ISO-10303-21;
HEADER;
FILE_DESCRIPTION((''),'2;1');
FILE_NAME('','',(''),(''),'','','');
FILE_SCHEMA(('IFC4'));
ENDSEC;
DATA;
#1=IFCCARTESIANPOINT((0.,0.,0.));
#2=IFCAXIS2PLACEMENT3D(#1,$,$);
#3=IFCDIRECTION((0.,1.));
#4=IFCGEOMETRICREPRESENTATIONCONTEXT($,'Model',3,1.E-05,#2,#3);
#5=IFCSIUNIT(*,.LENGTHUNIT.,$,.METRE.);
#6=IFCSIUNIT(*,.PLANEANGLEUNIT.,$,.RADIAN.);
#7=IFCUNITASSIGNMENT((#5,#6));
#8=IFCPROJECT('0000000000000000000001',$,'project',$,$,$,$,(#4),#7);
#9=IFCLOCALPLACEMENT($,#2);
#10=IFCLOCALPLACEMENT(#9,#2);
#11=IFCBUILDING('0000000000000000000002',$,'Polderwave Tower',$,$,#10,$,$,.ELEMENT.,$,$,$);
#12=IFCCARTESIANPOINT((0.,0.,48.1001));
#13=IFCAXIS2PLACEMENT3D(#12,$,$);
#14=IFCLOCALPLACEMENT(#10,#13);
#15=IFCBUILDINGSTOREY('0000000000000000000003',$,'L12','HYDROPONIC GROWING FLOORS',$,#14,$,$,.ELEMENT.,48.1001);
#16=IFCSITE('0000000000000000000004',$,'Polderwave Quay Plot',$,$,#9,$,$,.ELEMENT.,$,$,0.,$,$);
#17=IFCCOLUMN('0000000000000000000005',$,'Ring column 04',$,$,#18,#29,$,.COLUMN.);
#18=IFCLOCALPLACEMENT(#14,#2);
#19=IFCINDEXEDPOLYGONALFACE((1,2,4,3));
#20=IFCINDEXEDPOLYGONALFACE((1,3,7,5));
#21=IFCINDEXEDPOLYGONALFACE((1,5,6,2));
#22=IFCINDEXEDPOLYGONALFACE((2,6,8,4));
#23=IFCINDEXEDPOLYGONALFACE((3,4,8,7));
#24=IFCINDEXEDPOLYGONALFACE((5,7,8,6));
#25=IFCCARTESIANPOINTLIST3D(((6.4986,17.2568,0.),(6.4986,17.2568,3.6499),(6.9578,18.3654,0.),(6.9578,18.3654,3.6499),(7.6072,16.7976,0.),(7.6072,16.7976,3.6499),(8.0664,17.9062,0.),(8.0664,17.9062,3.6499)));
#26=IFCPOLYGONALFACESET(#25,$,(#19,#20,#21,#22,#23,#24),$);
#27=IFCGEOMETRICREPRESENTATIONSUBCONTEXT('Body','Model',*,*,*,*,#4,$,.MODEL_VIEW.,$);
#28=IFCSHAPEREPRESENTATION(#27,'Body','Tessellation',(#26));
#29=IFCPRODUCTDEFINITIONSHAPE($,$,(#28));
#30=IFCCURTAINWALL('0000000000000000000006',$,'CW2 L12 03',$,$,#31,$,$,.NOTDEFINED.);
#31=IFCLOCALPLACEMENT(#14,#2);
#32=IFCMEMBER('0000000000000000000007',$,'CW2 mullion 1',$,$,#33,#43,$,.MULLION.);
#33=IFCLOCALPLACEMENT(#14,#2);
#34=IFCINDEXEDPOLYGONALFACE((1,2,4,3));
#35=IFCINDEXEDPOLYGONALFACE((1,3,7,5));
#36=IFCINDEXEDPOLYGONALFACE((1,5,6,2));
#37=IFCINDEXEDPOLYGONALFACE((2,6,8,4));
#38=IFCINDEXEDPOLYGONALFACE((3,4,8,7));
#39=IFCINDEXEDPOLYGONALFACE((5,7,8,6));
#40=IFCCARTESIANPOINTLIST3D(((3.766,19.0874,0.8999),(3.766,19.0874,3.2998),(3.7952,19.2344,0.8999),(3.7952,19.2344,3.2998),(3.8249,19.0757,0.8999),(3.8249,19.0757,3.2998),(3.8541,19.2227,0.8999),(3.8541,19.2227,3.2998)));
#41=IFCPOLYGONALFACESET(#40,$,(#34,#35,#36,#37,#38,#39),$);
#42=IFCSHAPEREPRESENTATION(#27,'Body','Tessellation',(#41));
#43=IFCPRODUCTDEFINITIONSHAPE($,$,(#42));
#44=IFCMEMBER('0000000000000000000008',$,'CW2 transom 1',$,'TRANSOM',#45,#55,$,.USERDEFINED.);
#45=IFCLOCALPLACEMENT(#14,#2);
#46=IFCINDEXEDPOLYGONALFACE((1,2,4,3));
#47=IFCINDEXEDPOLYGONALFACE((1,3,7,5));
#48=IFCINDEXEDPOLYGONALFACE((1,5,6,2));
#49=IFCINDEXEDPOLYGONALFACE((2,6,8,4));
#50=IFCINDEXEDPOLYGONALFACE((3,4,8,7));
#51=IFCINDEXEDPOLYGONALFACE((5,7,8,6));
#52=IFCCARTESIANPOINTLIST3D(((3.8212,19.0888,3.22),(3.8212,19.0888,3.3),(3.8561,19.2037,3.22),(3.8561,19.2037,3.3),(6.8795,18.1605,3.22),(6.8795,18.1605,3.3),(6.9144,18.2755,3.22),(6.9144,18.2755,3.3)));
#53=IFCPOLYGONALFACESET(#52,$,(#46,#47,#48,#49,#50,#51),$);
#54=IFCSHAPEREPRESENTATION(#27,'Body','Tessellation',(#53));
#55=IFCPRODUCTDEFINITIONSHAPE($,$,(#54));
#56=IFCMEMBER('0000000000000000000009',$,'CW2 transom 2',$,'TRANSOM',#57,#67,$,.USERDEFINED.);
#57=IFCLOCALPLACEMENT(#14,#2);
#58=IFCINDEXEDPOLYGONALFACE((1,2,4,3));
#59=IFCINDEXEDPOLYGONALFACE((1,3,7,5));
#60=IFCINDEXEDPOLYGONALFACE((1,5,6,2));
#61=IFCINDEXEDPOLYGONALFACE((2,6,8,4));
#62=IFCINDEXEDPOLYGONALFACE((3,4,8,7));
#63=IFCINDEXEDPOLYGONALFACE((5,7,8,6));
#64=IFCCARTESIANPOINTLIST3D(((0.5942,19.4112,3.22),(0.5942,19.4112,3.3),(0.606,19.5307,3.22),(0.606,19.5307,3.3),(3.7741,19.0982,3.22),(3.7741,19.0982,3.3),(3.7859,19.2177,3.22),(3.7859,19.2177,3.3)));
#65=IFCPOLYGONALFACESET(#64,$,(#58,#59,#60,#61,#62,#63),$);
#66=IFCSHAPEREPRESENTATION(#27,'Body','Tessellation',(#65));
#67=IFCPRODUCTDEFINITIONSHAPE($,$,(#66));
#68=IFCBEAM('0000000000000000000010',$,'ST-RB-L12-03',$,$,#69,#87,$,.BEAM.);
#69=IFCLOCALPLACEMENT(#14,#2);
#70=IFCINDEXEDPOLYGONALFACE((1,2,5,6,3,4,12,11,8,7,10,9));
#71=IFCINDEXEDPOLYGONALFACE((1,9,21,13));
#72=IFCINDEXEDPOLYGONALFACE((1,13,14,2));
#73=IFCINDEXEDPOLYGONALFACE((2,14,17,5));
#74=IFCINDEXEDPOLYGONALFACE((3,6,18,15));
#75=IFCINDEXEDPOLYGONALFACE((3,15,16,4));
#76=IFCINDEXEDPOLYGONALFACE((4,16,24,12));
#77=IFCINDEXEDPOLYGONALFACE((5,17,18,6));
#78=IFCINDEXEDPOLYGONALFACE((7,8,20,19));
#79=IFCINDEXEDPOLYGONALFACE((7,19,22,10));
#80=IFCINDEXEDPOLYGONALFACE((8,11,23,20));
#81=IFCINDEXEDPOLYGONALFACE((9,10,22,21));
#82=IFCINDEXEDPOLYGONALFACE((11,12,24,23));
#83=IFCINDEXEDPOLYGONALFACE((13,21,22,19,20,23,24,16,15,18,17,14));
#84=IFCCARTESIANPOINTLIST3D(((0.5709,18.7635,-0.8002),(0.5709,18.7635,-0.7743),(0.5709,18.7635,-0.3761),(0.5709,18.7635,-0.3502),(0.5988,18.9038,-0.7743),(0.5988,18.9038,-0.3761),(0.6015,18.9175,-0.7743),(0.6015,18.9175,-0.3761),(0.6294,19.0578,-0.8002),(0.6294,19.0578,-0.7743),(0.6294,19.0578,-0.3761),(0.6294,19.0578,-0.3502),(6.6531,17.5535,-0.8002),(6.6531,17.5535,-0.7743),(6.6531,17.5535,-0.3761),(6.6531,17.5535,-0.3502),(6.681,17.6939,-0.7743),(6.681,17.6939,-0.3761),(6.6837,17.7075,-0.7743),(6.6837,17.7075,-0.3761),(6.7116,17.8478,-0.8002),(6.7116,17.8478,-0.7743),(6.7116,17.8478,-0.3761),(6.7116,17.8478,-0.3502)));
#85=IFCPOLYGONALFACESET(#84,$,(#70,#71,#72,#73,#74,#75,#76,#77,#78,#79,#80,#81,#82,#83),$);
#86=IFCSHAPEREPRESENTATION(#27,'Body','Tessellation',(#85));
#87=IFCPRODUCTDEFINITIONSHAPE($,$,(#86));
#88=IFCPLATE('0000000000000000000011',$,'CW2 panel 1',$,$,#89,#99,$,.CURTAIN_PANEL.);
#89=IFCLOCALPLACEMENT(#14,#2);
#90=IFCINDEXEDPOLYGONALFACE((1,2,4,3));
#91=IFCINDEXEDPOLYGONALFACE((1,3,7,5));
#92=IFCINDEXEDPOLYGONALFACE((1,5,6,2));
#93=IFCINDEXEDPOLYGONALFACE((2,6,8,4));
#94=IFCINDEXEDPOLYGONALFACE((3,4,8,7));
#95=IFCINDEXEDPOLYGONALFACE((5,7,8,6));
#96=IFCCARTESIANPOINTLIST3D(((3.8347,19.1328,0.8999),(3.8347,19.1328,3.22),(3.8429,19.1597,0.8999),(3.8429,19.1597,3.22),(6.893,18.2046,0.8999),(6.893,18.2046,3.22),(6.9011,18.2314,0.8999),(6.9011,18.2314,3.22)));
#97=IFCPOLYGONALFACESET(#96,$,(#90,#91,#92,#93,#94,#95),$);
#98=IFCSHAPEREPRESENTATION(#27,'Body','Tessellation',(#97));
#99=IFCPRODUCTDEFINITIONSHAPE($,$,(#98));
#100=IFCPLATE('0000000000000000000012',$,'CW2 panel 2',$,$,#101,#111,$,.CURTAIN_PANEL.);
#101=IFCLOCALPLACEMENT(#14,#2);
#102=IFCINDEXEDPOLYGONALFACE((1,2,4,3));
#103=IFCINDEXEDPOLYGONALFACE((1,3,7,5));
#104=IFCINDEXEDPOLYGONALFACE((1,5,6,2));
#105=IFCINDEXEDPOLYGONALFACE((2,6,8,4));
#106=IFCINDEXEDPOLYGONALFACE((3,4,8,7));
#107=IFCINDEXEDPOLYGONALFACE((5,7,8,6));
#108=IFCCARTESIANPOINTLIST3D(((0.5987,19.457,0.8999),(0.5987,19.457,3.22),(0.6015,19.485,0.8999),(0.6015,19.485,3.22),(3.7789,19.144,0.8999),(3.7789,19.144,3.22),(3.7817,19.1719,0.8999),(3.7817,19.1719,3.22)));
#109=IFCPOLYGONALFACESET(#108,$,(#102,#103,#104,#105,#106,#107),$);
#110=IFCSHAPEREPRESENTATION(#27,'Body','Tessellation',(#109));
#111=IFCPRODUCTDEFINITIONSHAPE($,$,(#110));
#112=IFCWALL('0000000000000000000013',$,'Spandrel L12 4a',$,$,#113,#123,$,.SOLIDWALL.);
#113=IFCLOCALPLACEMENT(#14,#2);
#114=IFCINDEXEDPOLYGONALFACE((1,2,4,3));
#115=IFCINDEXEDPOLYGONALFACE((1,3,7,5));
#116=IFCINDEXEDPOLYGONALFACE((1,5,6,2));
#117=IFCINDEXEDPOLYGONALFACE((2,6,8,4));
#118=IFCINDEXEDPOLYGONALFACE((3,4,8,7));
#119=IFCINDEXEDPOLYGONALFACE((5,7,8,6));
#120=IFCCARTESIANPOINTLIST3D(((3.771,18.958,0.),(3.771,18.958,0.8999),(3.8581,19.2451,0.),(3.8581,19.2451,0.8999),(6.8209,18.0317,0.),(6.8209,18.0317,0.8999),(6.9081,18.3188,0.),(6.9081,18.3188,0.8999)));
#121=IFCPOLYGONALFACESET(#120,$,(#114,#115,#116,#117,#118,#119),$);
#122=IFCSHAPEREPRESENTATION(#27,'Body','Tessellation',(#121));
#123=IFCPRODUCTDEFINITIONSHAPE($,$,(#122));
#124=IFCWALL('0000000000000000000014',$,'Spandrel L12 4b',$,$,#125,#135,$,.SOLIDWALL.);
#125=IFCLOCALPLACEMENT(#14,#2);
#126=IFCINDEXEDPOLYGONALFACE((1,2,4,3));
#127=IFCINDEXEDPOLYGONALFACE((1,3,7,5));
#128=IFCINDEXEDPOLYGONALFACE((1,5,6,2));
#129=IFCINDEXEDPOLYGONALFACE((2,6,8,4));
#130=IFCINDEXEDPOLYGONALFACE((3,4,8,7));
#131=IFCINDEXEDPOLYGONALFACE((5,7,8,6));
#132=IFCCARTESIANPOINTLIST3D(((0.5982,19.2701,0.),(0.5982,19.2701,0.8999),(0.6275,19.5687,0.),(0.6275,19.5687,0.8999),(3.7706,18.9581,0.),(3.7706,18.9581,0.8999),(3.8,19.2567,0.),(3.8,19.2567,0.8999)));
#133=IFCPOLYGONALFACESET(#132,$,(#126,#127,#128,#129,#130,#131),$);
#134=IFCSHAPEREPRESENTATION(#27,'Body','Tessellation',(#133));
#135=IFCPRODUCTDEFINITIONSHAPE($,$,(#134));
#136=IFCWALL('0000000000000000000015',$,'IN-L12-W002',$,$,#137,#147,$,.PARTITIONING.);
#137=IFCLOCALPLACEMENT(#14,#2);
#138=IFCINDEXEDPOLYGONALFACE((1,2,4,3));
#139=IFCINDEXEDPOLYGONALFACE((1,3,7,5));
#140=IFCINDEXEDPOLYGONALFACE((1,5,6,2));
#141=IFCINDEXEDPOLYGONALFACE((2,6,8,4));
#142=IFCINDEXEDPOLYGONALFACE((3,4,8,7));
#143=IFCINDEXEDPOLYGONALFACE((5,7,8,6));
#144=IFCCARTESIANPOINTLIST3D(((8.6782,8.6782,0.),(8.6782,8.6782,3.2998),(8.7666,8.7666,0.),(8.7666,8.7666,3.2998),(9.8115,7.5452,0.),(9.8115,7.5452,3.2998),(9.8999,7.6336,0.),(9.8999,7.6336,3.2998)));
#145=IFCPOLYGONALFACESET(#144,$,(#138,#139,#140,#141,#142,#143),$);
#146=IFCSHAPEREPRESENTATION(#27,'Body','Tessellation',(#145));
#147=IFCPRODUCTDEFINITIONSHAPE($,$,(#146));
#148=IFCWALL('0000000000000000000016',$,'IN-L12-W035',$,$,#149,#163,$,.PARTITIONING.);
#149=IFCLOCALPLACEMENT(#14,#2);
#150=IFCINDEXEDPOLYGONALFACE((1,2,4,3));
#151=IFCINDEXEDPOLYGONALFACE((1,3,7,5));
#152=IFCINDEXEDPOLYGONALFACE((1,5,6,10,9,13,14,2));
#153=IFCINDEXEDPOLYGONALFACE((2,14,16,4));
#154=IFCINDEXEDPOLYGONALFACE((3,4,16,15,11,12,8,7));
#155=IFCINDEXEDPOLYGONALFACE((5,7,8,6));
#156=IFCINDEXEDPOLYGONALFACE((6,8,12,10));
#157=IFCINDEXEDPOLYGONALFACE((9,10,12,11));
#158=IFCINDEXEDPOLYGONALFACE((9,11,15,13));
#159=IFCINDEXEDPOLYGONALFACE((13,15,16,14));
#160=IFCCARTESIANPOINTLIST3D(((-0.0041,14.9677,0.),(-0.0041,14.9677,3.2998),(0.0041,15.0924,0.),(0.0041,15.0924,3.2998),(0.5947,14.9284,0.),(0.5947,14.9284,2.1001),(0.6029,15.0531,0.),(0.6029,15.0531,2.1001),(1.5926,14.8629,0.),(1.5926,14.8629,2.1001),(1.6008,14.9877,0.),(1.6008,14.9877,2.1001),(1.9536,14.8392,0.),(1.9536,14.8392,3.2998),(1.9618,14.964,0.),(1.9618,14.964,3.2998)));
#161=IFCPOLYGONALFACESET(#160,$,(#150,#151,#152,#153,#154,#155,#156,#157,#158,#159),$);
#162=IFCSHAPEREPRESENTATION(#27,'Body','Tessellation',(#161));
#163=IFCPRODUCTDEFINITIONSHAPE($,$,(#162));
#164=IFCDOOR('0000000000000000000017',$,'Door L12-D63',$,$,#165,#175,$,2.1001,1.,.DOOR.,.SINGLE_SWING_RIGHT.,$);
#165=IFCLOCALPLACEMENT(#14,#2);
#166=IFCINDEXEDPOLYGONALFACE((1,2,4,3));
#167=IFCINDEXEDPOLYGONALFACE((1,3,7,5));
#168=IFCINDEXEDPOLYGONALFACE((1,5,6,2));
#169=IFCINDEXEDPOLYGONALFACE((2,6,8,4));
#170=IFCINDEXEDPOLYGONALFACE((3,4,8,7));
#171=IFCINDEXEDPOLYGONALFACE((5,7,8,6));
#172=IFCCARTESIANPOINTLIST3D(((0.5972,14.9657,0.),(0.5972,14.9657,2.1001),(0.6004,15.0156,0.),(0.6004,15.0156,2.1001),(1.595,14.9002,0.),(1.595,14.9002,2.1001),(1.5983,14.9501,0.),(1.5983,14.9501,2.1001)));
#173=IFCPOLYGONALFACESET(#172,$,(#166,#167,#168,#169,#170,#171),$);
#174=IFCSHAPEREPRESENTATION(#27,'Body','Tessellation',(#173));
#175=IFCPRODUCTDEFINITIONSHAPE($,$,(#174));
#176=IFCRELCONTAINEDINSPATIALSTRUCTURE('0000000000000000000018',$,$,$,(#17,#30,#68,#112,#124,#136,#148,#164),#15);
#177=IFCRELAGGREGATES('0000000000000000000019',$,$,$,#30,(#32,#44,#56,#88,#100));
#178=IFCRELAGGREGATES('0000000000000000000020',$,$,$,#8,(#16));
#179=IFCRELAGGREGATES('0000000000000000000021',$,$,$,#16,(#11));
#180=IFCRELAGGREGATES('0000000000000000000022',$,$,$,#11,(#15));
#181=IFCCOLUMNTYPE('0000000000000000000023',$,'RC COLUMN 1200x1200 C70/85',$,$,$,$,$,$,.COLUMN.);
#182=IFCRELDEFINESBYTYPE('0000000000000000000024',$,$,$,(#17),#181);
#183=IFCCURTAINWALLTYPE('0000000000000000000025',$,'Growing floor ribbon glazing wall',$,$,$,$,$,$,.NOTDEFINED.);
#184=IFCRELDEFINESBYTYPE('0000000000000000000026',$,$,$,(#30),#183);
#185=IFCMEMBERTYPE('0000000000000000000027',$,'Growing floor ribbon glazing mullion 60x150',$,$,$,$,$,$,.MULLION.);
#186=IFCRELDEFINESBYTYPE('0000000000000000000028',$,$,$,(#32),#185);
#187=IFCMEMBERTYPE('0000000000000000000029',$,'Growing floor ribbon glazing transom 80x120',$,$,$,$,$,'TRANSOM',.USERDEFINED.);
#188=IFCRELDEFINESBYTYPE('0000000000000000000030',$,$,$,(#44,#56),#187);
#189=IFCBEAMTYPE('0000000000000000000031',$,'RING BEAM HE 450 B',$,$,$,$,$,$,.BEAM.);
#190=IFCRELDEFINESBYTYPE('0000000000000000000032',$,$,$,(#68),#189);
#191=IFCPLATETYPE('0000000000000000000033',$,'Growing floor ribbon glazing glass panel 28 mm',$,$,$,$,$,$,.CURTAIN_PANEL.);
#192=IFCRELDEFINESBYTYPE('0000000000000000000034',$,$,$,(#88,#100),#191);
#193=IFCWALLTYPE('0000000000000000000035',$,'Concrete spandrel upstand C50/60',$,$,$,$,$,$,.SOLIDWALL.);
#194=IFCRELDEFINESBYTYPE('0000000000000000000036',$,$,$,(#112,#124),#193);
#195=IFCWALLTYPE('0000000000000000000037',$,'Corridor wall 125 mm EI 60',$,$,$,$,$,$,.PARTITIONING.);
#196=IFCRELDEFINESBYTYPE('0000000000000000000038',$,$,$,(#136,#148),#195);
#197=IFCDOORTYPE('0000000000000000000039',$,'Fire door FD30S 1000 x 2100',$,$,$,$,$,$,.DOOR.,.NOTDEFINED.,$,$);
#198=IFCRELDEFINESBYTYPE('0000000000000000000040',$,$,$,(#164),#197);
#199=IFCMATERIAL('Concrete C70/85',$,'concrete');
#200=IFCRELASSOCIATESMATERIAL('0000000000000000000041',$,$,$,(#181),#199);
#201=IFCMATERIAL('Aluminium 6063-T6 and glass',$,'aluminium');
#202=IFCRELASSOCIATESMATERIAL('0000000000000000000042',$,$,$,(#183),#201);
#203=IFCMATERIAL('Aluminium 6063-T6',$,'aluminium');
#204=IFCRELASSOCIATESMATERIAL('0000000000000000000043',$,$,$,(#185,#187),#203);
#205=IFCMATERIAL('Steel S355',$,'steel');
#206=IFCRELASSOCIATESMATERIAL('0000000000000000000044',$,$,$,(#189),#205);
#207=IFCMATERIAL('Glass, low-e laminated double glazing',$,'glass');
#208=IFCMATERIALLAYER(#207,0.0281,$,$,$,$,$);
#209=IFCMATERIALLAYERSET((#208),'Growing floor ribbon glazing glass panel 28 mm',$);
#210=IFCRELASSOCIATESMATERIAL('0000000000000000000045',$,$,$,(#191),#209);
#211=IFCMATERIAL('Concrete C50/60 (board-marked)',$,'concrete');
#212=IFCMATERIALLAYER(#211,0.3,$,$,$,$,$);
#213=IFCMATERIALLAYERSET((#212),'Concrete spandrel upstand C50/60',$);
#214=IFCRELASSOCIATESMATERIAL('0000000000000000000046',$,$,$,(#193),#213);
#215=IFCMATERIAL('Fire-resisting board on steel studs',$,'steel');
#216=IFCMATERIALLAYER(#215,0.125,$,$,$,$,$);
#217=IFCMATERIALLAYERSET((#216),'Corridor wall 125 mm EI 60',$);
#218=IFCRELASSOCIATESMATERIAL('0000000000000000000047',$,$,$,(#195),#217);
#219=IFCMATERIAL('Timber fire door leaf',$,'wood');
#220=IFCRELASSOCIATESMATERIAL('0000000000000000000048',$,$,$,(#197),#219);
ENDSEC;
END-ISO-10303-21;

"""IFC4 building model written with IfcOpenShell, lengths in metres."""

from ifc_helpers import new_model, si_unit, direction, frame, frame_2d, origin, origin_2d, place, context, subcontext, project, spatial, rectangle, i_section, extrude, material, layer, layer_set, material_profile, profile_set, type_object, element, fill, aggregate, save


model = new_model("IFC4")

# Units and contexts
model_context = context("Model", 3, precision=1e-05, world=origin(), true_north=direction((0.0, 1.0)))
body_context = subcontext(model_context, "Body", "Model", "MODEL_VIEW")
ifc_project = project(units=[si_unit("LENGTHUNIT", "METRE"), si_unit("PLANEANGLEUNIT", "RADIAN")], contexts=[model_context])

# Site, building, storey
site_placement = place(None, origin())
site = spatial("IfcSite", under=ifc_project, at=site_placement, Name="Polderwave Quay Plot", CompositionType="ELEMENT", RefElevation=0.0)
building_placement = place(site_placement, origin())
building = spatial("IfcBuilding", under=site, at=building_placement, Name="Polderwave Tower", CompositionType="ELEMENT")
storey_placement = place(building_placement, frame((0.0, 0.0, 48.1001)))
storey = spatial("IfcBuildingStorey", under=building, at=storey_placement, Name="L12", Description="HYDROPONIC GROWING FLOORS", CompositionType="ELEMENT", Elevation=48.1001)

# Column
ifc_material_1 = material(Name="Concrete C70/85", Category="concrete")
ifc_material_profile_1 = material_profile(ifc_material_1, rectangle(XDim=1.2, YDim=1.2, at=origin_2d()), Name="RC 1200x1200")
ifc_profile_set_1 = profile_set([ifc_material_profile_1], Name="Concrete C70/85")
column_type = type_object("IfcColumnType", Name="RC COLUMN 1200x1200 C70/85", PredefinedType="COLUMN", material=ifc_profile_set_1)
column_placement = place(storey_placement, frame((7.2825, 17.5815, 0.0), z_axis=(0.0, 0.0, 1.0), x_axis=(0.382683, 0.92388, 0.0)))
element("IfcColumn", 1, at=column_placement, inside=storey, type_object=column_type, Name="Ring column 04", PredefinedType="COLUMN", context=body_context, shape_type="SweptSolid", body=[
    extrude(rectangle(XDim=1.2, YDim=1.2, at=origin_2d()), origin(), (0.0, 0.0, 1.0), 3.6499),
])

# Curtain wall, members
ifc_material_2 = material(Name="Aluminium 6063-T6 and glass", Category="aluminium")
curtain_wall_type = type_object("IfcCurtainWallType", Name="Growing floor ribbon glazing wall", PredefinedType="NOTDEFINED", material=ifc_material_2)
curtain_wall_placement = place(storey_placement, origin())
curtain_wall = element("IfcCurtainWall", 2, at=curtain_wall_placement, inside=storey, type_object=curtain_wall_type, Name="CW2 L12 03", PredefinedType="NOTDEFINED")
ifc_material_3 = material(Name="Aluminium 6063-T6", Category="aluminium")
ifc_material_profile_2 = material_profile(ifc_material_3, rectangle(XDim=0.1499, YDim=0.0601, at=origin_2d()), Name="AL 60x150")
ifc_profile_set_2 = profile_set([ifc_material_profile_2], Name="Aluminium 6063-T6")
member_type_1 = type_object("IfcMemberType", Name="Growing floor ribbon glazing mullion 60x150", PredefinedType="MULLION", material=ifc_profile_set_2)
member_1_placement = place(storey_placement, frame((3.8101, 19.155, 0.8999), z_axis=(0.0, 0.0, 1.0), x_axis=(-0.195149, -0.980774, 0.0)))
member_1 = element("IfcMember", 3, at=member_1_placement, type_object=member_type_1, Name="CW2 mullion 1", PredefinedType="MULLION", context=body_context, shape_type="SweptSolid", body=[
    extrude(rectangle(XDim=0.1499, YDim=0.0601, at=origin_2d()), origin(), (0.0, 0.0, 1.0), 2.3999),
])
ifc_material_profile_3 = material_profile(ifc_material_3, rectangle(XDim=0.1201, YDim=0.0801, at=origin_2d()), Name="AL 80x120")
ifc_profile_set_3 = profile_set([ifc_material_profile_3], Name="Aluminium 6063-T6")
member_type_2 = type_object("IfcMemberType", Name="Growing floor ribbon glazing transom 80x120", ElementType="TRANSOM", PredefinedType="USERDEFINED", material=ifc_profile_set_3)
member_2_placement = place(storey_placement, frame((6.897, 18.218, 3.26), z_axis=(-0.956898, 0.290423, 0.0), x_axis=(-0.290423, -0.956898, 0.0)))
member_2 = element("IfcMember", 4, at=member_2_placement, type_object=member_type_2, Name="CW2 transom 1", ObjectType="TRANSOM", PredefinedType="USERDEFINED", context=body_context, shape_type="SweptSolid", body=[
    extrude(rectangle(XDim=0.1201, YDim=0.0801, at=origin_2d()), origin(), (0.0, 0.0, 1.0), 3.196),
])
member_3_placement = place(storey_placement, frame((3.78, 19.158, 3.26), z_axis=(-0.995191, 0.097953, 0.0), x_axis=(-0.097953, -0.995191, 0.0)))
member_3 = element("IfcMember", 5, at=member_3_placement, type_object=member_type_2, Name="CW2 transom 2", ObjectType="TRANSOM", PredefinedType="USERDEFINED", context=body_context, shape_type="SweptSolid", body=[
    extrude(rectangle(XDim=0.1201, YDim=0.0801, at=origin_2d()), origin(), (0.0, 0.0, 1.0), 3.1953),
])

# Beam
ifc_material_4 = material(Name="Steel S355", Category="steel")
ifc_material_profile_4 = material_profile(ifc_material_4, i_section(OverallWidth=0.3, OverallDepth=0.45, WebThickness=0.0139, FlangeThickness=0.0259, at=origin_2d()), Name="HE 450 B")
ifc_profile_set_4 = profile_set([ifc_material_profile_4], Name="Steel S355")
beam_type = type_object("IfcBeamType", Name="RING BEAM HE 450 B", PredefinedType="BEAM", material=ifc_profile_set_4)
beam_placement = place(storey_placement, frame((6.6824, 17.7007, -0.5752), z_axis=(-0.980782, 0.195109, 0.0), x_axis=(-0.195109, -0.980782, 0.0)))
element("IfcBeam", 6, at=beam_placement, inside=storey, type_object=beam_type, Name="ST-RB-L12-03", PredefinedType="BEAM", context=body_context, shape_type="SweptSolid", body=[
    extrude(i_section(OverallWidth=0.3, OverallDepth=0.45, WebThickness=0.0139, FlangeThickness=0.0259, at=origin_2d()), origin(), (0.0, 0.0, 1.0), 6.2014),
])

# Plates
ifc_material_5 = material(Name="Glass, low-e laminated double glazing", Category="glass")
ifc_layer_1 = layer(ifc_material_5, 0.0281)
ifc_layer_set_1 = layer_set([ifc_layer_1], Name="Growing floor ribbon glazing glass panel 28 mm")
plate_type = type_object("IfcPlateType", Name="Growing floor ribbon glazing glass panel 28 mm", PredefinedType="CURTAIN_PANEL", material=ifc_layer_set_1)
plate_1_placement = place(storey_placement, frame((5.3679, 18.6821, 0.8999), z_axis=(0.0, 0.0, 1.0), x_axis=(-0.956891, 0.290447, 0.0)))
plate_1 = element("IfcPlate", 7, at=plate_1_placement, type_object=plate_type, Name="CW2 panel 1", PredefinedType="CURTAIN_PANEL", context=body_context, shape_type="SweptSolid", body=[
    extrude(rectangle(XDim=3.196, YDim=0.0281, at=origin_2d()), origin(), (0.0, 0.0, 1.0), 2.3201),
])
plate_2_placement = place(storey_placement, frame((2.1902, 19.3145, 0.8999), z_axis=(0.0, 0.0, 1.0), x_axis=(-0.99519, 0.097969, 0.0)))
plate_2 = element("IfcPlate", 8, at=plate_2_placement, type_object=plate_type, Name="CW2 panel 2", PredefinedType="CURTAIN_PANEL", context=body_context, shape_type="SweptSolid", body=[
    extrude(rectangle(XDim=3.1956, YDim=0.0281, at=origin_2d()), origin(), (0.0, 0.0, 1.0), 2.3201),
])
aggregate(curtain_wall, [member_1, member_2, member_3, plate_1, plate_2])

# Walls
ifc_material_6 = material(Name="Concrete C50/60 (board-marked)", Category="concrete")
ifc_layer_2 = layer(ifc_material_6, 0.3)
ifc_layer_set_2 = layer_set([ifc_layer_2], Name="Concrete spandrel upstand C50/60")
wall_type_1 = type_object("IfcWallType", Name="Concrete spandrel upstand C50/60", PredefinedType="SOLIDWALL", material=ifc_layer_set_2)
wall_1_placement = place(storey_placement, frame((6.8645, 18.1753, 0.0), z_axis=(0.0, 0.0, 1.0), x_axis=(-0.956849, 0.290586, 0.0)))
element("IfcWall", 9, at=wall_1_placement, inside=storey, type_object=wall_type_1, Name="Spandrel L12 4a", PredefinedType="SOLIDWALL", context=body_context, shape_type="SweptSolid", body=[
    extrude(rectangle(XDim=3.1875, YDim=0.3, at=frame_2d((1.5938, 0.0))), origin(), (0.0, 0.0, 1.0), 0.8999),
])
wall_2_placement = place(storey_placement, frame((3.7852, 19.1074, 0.0), z_axis=(0.0, 0.0, 1.0), x_axis=(-0.995198, 0.097881, 0.0)))
element("IfcWall", 10, at=wall_2_placement, inside=storey, type_object=wall_type_1, Name="Spandrel L12 4b", PredefinedType="SOLIDWALL", context=body_context, shape_type="SweptSolid", body=[
    extrude(rectangle(XDim=3.1877, YDim=0.3, at=frame_2d((1.5938, 0.0))), origin(), (0.0, 0.0, 1.0), 0.8999),
])
ifc_material_7 = material(Name="Fire-resisting board on steel studs", Category="steel")
ifc_layer_3 = layer(ifc_material_7, 0.125)
ifc_layer_set_3 = layer_set([ifc_layer_3], Name="Corridor wall 125 mm EI 60")
wall_type_2 = type_object("IfcWallType", Name="Corridor wall 125 mm EI 60", PredefinedType="PARTITIONING", material=ifc_layer_set_3)
wall_3_placement = place(storey_placement, frame((8.7224, 8.7224, 0.0), z_axis=(0.0, 0.0, 1.0), x_axis=(0.707183, -0.707031, 0.0)))
element("IfcWall", 11, at=wall_3_placement, inside=storey, type_object=wall_type_2, Name="IN-L12-W002", PredefinedType="PARTITIONING", context=body_context, shape_type="SweptSolid", body=[
    extrude(rectangle(XDim=1.6025, YDim=0.125, at=frame_2d((0.8013, 0.0))), origin(), (0.0, 0.0, 1.0), 3.2998),
])

# Wall, opening, door
wall_4_placement = place(storey_placement, frame((0.0, 15.03, 0.0), z_axis=(0.0, 0.0, 1.0), x_axis=(0.997856, -0.065454, 0.0)))
wall_4 = element("IfcWall", 12, at=wall_4_placement, inside=storey, type_object=wall_type_2, Name="IN-L12-W035", PredefinedType="PARTITIONING", context=body_context, shape_type="SweptSolid", body=[
    extrude(rectangle(XDim=1.9619, YDim=0.125, at=frame_2d((0.981, 0.0))), origin(), (0.0, 0.0, 1.0), 3.2998),
])
opening_1_placement = place(wall_4_placement, frame((0.6001, 0.0, 0.0)))
opening_1 = element("IfcOpeningElement", 13, at=opening_1_placement, cuts=wall_4, PredefinedType="OPENING", context=body_context, shape_type="SweptSolid", body=[
    extrude(rectangle(XDim=1.0, YDim=2.1001, at=frame_2d((0.5, 1.05))), frame((0.0, 0.0725, 0.0), z_axis=(0.0, -1.0, 0.0), x_axis=(1.0, 0.0, 0.0)), (0.0, 0.0, 1.0), 0.145),
])
ifc_material_8 = material(Name="Timber fire door leaf", Category="wood")
door_type_1 = type_object("IfcDoorType", Name="Fire door FD30S 1000 x 2100", OperationType="NOTDEFINED", PredefinedType="DOOR", material=ifc_material_8)
door_1_placement = place(opening_1_placement, origin())
door_1 = element("IfcDoor", 14, at=door_1_placement, inside=storey, type_object=door_type_1, Name="Door L12-D63", OperationType="SINGLE_SWING_RIGHT", OverallHeight=2.1001, OverallWidth=1.0, PredefinedType="DOOR", context=body_context, shape_type="SweptSolid", body=[
    extrude(rectangle(XDim=1.0, YDim=2.1001, at=frame_2d((0.5, 1.05))), frame((0.0, 0.0249, 0.0), z_axis=(0.0, -1.0, 0.0), x_axis=(1.0, 0.0, 0.0)), (0.0, 0.0, 1.0), 0.05),
])
fill(opening_1, door_1)

save(model, "model.ifc")
